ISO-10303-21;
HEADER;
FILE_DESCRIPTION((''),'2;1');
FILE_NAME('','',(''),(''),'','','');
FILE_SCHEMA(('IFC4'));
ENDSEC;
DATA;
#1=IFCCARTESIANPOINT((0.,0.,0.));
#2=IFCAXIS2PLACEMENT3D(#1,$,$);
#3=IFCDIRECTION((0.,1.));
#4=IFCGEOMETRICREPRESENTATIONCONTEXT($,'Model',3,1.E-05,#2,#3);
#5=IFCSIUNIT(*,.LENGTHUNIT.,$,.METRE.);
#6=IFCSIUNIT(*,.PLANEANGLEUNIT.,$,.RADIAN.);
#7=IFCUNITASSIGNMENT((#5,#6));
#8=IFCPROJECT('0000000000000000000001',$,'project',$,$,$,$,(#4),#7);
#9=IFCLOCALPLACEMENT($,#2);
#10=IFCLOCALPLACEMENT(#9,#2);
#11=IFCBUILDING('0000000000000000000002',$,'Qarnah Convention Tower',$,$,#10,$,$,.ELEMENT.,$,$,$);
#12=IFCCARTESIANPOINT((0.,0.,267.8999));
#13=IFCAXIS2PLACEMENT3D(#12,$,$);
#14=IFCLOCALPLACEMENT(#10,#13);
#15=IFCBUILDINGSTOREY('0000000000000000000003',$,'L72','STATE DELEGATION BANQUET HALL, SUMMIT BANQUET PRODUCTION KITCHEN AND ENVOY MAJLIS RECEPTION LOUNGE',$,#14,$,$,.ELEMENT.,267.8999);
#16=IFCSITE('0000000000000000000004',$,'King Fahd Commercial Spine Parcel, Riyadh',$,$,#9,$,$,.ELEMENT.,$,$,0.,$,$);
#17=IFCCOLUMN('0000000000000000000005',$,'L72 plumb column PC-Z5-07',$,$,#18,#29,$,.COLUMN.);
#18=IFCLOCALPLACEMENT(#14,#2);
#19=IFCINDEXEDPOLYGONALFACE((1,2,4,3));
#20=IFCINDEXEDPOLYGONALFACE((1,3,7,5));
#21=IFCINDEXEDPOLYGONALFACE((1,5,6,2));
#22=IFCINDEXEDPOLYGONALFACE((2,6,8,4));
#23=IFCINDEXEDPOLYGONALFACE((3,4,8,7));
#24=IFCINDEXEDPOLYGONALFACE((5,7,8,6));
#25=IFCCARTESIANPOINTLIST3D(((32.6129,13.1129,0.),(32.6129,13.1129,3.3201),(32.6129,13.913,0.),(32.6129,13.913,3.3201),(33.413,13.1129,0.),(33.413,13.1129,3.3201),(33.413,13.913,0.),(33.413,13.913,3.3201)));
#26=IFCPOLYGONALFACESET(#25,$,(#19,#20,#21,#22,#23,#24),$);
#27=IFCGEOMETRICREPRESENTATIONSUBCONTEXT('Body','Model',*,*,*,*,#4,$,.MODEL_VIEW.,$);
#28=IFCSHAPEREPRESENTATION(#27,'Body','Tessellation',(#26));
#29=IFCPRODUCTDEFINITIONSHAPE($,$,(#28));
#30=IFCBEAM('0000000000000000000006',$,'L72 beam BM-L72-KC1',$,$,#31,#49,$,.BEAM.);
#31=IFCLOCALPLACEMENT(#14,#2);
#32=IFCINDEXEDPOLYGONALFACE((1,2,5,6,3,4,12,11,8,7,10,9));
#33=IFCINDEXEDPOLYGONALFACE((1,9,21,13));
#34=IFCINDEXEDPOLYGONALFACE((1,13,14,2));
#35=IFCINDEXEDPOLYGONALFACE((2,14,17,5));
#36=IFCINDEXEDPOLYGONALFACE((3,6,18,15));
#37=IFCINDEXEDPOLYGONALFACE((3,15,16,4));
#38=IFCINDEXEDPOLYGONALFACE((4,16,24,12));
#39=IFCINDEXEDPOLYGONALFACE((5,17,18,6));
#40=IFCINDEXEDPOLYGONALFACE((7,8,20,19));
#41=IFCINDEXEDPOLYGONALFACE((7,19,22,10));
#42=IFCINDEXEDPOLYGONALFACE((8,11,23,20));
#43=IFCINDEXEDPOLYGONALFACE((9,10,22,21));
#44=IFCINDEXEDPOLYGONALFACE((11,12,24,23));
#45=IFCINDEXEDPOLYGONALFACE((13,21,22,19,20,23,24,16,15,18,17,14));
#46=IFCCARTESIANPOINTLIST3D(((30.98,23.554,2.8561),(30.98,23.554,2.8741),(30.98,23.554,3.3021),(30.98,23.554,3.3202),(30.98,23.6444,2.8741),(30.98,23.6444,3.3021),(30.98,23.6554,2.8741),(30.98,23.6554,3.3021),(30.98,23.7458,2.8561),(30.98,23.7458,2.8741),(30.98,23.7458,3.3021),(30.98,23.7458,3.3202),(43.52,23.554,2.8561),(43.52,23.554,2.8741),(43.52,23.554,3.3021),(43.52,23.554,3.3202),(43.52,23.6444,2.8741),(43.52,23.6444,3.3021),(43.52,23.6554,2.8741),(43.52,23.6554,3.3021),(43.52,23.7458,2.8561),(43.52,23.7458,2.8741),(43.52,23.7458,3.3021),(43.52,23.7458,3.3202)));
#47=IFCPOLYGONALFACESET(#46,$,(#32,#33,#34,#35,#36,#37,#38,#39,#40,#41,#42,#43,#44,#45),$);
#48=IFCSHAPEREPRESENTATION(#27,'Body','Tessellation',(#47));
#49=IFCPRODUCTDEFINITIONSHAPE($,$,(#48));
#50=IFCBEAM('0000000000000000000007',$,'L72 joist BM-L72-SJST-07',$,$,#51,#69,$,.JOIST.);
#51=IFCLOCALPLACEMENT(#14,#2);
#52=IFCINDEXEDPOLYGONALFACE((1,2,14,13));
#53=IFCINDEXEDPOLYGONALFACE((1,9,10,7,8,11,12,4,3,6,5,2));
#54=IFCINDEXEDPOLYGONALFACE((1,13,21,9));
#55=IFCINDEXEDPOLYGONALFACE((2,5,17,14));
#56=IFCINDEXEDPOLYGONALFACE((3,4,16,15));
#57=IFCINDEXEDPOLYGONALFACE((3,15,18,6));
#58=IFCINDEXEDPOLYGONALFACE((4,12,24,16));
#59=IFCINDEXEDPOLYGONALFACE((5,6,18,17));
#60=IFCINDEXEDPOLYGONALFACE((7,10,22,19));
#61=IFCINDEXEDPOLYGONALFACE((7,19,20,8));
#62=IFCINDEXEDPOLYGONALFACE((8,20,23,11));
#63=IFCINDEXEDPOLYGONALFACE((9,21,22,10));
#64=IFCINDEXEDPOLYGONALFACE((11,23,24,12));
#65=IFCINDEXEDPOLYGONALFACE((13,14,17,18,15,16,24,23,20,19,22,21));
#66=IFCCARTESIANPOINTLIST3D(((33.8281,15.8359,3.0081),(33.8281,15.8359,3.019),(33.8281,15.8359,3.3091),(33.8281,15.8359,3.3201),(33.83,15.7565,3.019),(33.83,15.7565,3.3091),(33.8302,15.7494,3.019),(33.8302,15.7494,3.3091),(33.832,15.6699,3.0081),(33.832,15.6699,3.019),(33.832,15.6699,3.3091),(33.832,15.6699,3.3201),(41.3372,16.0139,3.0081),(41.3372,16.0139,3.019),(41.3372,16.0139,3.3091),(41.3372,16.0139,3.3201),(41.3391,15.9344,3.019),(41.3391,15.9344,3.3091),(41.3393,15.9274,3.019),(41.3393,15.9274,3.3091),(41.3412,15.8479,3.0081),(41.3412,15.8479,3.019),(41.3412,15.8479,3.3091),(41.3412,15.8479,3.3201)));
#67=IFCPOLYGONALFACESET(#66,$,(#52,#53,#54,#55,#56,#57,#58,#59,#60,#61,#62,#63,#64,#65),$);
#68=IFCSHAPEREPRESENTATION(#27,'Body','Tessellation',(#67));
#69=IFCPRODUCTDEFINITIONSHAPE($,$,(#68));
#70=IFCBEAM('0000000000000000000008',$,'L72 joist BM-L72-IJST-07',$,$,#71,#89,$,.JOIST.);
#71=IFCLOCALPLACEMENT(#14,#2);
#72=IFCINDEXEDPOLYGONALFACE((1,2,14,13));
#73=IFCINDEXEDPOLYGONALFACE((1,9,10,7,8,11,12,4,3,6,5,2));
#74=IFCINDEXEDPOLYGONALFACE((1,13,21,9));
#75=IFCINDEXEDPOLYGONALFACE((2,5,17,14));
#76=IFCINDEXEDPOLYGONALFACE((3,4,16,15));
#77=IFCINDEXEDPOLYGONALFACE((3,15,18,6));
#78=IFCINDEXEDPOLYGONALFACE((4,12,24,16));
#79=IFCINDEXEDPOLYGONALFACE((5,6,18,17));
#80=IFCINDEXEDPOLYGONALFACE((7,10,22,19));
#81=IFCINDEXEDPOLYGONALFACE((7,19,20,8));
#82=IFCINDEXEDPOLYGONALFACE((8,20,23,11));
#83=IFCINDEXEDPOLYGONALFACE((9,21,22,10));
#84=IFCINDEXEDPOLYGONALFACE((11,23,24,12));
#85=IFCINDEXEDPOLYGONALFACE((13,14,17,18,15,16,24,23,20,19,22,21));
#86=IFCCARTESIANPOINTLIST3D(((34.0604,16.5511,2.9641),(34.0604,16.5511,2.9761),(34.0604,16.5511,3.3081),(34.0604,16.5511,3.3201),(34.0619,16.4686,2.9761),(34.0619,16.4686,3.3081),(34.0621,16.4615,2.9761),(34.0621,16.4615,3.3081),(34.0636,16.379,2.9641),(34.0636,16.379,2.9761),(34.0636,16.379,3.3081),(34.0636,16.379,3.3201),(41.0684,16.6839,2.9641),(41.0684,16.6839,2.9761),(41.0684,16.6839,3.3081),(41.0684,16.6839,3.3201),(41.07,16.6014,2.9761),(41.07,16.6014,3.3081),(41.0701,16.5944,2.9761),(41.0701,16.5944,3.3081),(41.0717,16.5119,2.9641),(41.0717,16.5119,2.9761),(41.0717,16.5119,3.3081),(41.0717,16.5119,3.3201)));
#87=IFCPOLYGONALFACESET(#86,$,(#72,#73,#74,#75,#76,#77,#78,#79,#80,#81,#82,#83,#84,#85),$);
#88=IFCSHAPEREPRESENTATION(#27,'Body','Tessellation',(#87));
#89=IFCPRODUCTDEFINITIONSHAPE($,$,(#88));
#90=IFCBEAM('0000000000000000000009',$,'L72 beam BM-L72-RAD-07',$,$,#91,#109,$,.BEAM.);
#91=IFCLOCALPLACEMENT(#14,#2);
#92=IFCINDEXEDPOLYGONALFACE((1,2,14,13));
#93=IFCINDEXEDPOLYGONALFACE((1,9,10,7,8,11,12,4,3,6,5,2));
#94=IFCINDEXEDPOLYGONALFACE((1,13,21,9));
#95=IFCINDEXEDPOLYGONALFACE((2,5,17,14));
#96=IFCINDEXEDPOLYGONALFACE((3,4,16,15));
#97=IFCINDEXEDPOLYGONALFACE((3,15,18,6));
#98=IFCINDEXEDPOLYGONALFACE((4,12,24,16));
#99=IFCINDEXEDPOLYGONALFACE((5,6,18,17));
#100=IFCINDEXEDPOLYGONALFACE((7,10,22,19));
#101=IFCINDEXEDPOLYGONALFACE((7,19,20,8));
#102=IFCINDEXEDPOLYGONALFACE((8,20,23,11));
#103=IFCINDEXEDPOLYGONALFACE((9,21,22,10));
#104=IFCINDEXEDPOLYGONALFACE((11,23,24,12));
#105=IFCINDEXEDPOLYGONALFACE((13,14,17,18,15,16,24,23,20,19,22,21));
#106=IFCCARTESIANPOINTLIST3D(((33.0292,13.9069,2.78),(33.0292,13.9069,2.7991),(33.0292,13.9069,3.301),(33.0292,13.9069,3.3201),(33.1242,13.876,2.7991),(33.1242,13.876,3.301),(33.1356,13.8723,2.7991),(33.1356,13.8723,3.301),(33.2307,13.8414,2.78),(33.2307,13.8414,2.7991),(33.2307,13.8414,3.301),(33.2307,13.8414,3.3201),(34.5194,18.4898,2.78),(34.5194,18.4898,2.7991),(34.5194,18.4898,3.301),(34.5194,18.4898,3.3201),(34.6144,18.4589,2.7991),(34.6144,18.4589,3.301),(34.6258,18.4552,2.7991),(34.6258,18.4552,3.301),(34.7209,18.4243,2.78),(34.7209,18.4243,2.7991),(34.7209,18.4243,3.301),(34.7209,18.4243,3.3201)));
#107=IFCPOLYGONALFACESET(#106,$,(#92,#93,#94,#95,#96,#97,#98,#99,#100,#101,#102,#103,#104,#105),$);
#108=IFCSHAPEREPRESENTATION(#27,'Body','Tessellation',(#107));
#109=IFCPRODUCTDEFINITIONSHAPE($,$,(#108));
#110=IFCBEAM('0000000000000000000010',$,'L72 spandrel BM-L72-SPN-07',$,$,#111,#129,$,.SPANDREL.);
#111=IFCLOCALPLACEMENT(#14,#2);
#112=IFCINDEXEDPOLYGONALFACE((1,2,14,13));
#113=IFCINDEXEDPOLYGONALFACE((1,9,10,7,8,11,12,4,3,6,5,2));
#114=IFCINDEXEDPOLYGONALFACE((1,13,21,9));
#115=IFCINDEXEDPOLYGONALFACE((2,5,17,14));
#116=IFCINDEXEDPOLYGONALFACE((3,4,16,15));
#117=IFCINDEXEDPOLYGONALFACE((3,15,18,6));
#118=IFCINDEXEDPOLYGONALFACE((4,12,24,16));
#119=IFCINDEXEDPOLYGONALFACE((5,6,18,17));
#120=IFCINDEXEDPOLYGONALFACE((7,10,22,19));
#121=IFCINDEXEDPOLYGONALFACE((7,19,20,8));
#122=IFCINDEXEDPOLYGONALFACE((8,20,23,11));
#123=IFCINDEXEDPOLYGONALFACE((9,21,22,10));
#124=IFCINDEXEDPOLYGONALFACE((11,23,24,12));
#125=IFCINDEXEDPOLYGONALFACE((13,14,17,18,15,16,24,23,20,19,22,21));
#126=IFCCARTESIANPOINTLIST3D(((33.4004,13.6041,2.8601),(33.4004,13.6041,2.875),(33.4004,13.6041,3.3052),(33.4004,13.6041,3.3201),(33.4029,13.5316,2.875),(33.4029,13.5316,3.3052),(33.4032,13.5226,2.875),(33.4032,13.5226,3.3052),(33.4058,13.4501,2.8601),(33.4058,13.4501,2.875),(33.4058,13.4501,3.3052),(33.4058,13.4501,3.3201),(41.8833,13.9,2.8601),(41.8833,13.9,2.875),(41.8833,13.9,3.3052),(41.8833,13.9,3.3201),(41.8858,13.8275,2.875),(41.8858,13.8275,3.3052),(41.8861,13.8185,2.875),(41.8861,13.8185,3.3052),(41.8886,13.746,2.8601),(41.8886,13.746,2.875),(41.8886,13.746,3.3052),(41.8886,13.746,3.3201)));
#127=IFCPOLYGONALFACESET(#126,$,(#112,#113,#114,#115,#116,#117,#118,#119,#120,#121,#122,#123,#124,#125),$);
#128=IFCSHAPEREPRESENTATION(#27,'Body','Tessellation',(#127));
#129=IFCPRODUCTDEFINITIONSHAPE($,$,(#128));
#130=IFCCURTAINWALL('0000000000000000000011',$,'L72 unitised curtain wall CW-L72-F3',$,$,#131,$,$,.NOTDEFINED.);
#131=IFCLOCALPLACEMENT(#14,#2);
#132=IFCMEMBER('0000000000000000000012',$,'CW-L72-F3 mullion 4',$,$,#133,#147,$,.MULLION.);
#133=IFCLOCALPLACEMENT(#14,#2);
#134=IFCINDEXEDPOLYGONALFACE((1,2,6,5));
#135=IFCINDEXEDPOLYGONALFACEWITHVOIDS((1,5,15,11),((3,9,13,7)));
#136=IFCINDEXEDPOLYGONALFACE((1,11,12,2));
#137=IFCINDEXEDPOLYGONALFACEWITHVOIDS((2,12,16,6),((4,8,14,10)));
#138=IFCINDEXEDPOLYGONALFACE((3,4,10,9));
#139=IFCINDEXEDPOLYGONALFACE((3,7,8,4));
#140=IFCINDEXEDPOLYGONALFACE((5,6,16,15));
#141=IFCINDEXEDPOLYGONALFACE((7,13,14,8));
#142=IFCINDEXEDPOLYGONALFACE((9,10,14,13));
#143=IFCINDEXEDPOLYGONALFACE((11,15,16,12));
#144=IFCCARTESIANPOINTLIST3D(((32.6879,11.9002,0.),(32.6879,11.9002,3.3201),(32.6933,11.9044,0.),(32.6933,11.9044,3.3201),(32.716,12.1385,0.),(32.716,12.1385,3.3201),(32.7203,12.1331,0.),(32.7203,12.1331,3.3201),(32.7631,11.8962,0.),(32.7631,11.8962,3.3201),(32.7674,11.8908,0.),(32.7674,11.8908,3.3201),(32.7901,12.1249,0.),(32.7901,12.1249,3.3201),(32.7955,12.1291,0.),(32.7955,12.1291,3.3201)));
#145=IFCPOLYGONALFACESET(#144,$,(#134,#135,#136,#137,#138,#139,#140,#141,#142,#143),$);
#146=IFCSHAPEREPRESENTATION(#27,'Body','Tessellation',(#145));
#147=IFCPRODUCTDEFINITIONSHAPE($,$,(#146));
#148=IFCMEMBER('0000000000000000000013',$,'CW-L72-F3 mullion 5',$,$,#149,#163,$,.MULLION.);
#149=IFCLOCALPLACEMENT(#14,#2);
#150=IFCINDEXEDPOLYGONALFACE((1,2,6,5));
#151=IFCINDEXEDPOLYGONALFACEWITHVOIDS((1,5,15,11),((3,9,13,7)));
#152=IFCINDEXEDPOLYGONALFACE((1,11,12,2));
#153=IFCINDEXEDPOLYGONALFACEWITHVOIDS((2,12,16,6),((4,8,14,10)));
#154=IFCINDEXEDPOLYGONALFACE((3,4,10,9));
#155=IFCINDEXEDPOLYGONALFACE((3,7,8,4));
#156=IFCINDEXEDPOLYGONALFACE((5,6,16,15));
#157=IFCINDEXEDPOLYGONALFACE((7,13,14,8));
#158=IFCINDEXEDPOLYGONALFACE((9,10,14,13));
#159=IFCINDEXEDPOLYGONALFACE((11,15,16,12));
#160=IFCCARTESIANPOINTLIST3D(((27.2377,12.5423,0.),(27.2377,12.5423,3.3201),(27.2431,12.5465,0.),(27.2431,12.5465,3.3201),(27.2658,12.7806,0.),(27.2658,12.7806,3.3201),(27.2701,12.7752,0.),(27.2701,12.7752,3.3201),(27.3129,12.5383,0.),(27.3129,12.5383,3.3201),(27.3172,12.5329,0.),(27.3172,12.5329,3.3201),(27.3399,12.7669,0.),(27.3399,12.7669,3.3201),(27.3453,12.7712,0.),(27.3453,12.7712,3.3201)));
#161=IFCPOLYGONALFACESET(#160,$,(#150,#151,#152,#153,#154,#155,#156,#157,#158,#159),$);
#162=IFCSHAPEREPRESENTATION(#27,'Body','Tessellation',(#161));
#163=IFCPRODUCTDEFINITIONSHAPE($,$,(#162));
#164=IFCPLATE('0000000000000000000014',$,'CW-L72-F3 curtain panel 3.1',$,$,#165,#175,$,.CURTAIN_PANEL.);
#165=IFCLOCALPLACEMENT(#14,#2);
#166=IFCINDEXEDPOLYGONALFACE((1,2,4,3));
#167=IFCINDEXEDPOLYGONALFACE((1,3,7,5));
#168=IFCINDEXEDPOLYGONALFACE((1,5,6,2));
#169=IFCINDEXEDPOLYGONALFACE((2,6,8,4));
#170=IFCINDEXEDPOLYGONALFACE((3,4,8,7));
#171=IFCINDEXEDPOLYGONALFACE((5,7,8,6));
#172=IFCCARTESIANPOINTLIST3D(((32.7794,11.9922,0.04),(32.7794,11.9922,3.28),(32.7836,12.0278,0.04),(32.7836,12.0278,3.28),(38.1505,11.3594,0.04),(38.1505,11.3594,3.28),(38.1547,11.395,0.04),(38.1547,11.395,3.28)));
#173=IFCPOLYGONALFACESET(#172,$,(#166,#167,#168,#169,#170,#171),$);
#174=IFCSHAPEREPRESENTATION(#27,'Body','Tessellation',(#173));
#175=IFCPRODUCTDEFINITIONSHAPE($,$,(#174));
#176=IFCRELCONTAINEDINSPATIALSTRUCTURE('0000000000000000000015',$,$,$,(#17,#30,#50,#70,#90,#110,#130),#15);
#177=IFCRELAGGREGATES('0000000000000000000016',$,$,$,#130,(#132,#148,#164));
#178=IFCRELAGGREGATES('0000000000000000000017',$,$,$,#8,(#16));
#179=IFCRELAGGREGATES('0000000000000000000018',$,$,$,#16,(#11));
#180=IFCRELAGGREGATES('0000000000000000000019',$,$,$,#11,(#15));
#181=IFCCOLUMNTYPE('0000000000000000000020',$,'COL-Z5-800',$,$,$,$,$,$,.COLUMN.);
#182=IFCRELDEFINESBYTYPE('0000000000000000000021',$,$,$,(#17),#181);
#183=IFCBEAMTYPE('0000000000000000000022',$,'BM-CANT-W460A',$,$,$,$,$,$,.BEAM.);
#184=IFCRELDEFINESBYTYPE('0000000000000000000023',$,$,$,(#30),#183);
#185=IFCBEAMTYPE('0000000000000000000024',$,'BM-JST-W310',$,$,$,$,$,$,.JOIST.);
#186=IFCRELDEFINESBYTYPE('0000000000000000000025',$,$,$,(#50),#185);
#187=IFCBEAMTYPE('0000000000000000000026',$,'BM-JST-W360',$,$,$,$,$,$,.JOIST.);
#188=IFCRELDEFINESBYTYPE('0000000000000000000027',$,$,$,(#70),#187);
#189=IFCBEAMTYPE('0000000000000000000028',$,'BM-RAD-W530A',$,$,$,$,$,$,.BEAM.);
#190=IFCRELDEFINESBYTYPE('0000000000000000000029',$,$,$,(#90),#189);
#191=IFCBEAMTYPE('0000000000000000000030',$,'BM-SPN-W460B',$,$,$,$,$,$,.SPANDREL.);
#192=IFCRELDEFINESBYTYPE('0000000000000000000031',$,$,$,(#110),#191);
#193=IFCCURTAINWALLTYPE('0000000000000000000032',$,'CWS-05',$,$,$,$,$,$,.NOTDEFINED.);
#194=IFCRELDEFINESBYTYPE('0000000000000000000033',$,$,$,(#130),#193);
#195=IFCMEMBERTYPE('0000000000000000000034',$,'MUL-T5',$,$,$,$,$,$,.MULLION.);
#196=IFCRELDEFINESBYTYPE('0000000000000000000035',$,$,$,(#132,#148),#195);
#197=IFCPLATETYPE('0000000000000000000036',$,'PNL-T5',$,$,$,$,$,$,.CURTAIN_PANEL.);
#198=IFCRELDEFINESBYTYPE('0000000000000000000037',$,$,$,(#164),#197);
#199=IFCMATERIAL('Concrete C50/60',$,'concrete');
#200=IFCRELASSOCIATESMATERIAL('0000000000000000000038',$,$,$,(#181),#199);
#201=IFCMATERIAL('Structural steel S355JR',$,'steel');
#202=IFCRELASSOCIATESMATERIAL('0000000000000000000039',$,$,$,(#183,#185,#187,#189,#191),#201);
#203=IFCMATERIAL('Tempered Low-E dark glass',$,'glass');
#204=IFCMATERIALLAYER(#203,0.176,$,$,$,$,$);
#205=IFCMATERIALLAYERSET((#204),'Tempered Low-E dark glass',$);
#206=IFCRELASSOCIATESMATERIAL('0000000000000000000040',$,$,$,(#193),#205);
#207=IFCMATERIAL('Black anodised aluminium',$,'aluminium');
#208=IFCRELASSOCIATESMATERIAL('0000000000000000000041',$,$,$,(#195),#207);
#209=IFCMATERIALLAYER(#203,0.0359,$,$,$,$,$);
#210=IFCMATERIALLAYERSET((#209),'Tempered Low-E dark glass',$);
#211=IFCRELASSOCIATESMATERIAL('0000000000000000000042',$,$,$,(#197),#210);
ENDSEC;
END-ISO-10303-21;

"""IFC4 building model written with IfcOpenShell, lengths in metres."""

from ifc_helpers import new_model, si_unit, direction, frame, origin, origin_2d, place, context, subcontext, project, spatial, rectangle, hollow_rectangle, i_section, extrude, material, layer, layer_set, material_profile, profile_set, type_object, element, aggregate, save


model = new_model("IFC4")

# Units and contexts
model_context = context("Model", 3, precision=1e-05, world=origin(), true_north=direction((0.0, 1.0)))
body_context = subcontext(model_context, "Body", "Model", "MODEL_VIEW")
ifc_project = project(units=[si_unit("LENGTHUNIT", "METRE"), si_unit("PLANEANGLEUNIT", "RADIAN")], contexts=[model_context])

# Site, building, storey
site_placement = place(None, origin())
site = spatial("IfcSite", under=ifc_project, at=site_placement, Name="King Fahd Commercial Spine Parcel, Riyadh", CompositionType="ELEMENT", RefElevation=0.0)
building_placement = place(site_placement, origin())
building = spatial("IfcBuilding", under=site, at=building_placement, Name="Qarnah Convention Tower", CompositionType="ELEMENT")
storey_placement = place(building_placement, frame((0.0, 0.0, 267.8999)))
storey = spatial("IfcBuildingStorey", under=building, at=storey_placement, Name="L72", Description="STATE DELEGATION BANQUET HALL, SUMMIT BANQUET PRODUCTION KITCHEN AND ENVOY MAJLIS RECEPTION LOUNGE", CompositionType="ELEMENT", Elevation=267.8999)

# Column
ifc_material_1 = material(Name="Concrete C50/60", Category="concrete")
ifc_material_profile_1 = material_profile(ifc_material_1, rectangle(XDim=0.8, YDim=0.8, at=origin_2d()), Name="RC-COL-800X800")
ifc_profile_set_1 = profile_set([ifc_material_profile_1], Name="Concrete C50/60")
column_type = type_object("IfcColumnType", Name="COL-Z5-800", PredefinedType="COLUMN", material=ifc_profile_set_1)
column_placement = place(storey_placement, frame((33.0129, 13.5129, 0.0), z_axis=(0.0, 0.0, 1.0), x_axis=(1.0, 0.0, 0.0)))
element("IfcColumn", 1, at=column_placement, inside=storey, type_object=column_type, Name="L72 plumb column PC-Z5-07", PredefinedType="COLUMN", context=body_context, shape_type="SweptSolid", body=[
    extrude(rectangle(XDim=0.8, YDim=0.8, at=origin_2d()), origin(), (0.0, 0.0, 1.0), 3.3201),
])

# Beams
ifc_material_2 = material(Name="Structural steel S355JR", Category="steel")
ifc_material_profile_2 = material_profile(ifc_material_2, i_section(OverallWidth=0.1919, OverallDepth=0.4641, WebThickness=0.011, FlangeThickness=0.0181, at=origin_2d()), Name="W460X89")
ifc_profile_set_2 = profile_set([ifc_material_profile_2], Name="Structural steel S355JR")
beam_type_1 = type_object("IfcBeamType", Name="BM-CANT-W460A", PredefinedType="BEAM", material=ifc_profile_set_2)
beam_1_placement = place(storey_placement, frame((30.98, 23.6499, 3.0881), z_axis=(1.0, 0.0, 0.0), x_axis=(0.0, 1.0, 0.0)))
element("IfcBeam", 2, at=beam_1_placement, inside=storey, type_object=beam_type_1, Name="L72 beam BM-L72-KC1", PredefinedType="BEAM", context=body_context, shape_type="SweptSolid", body=[
    extrude(i_section(OverallWidth=0.1919, OverallDepth=0.4641, WebThickness=0.011, FlangeThickness=0.0181, at=origin_2d()), origin(), (0.0, 0.0, 1.0), 12.54),
])
ifc_material_profile_3 = material_profile(ifc_material_2, i_section(OverallWidth=0.166, OverallDepth=0.312, WebThickness=0.0071, FlangeThickness=0.011, at=origin_2d()), Name="W310X45")
ifc_profile_set_3 = profile_set([ifc_material_profile_3], Name="Structural steel S355JR")
beam_type_2 = type_object("IfcBeamType", Name="BM-JST-W310", PredefinedType="JOIST", material=ifc_profile_set_3)
beam_2_placement = place(storey_placement, frame((33.8301, 15.7529, 3.1641), z_axis=(0.999719, 0.023695, 0.0), x_axis=(-0.023695, 0.999719, 0.0)))
element("IfcBeam", 3, at=beam_2_placement, inside=storey, type_object=beam_type_2, Name="L72 joist BM-L72-SJST-07", PredefinedType="JOIST", context=body_context, shape_type="SweptSolid", body=[
    extrude(i_section(OverallWidth=0.166, OverallDepth=0.312, WebThickness=0.0071, FlangeThickness=0.011, at=origin_2d()), origin(), (0.0, 0.0, 1.0), 7.5112),
])
ifc_material_profile_4 = material_profile(ifc_material_2, i_section(OverallWidth=0.1721, OverallDepth=0.356, WebThickness=0.0071, FlangeThickness=0.012, at=origin_2d()), Name="W360X51")
ifc_profile_set_4 = profile_set([ifc_material_profile_4], Name="Structural steel S355JR")
beam_type_3 = type_object("IfcBeamType", Name="BM-JST-W360", PredefinedType="JOIST", material=ifc_profile_set_4)
beam_3_placement = place(storey_placement, frame((34.062, 16.4651, 3.1421), z_axis=(0.99982, 0.018948, 0.0), x_axis=(-0.018948, 0.99982, 0.0)))
element("IfcBeam", 4, at=beam_3_placement, inside=storey, type_object=beam_type_3, Name="L72 joist BM-L72-IJST-07", PredefinedType="JOIST", context=body_context, shape_type="SweptSolid", body=[
    extrude(i_section(OverallWidth=0.1721, OverallDepth=0.356, WebThickness=0.0071, FlangeThickness=0.012, at=origin_2d()), origin(), (0.0, 0.0, 1.0), 7.0093),
])
ifc_material_profile_5 = material_profile(ifc_material_2, i_section(OverallWidth=0.2119, OverallDepth=0.54, WebThickness=0.012, FlangeThickness=0.019, at=origin_2d()), Name="W530X109")
ifc_profile_set_5 = profile_set([ifc_material_profile_5], Name="Structural steel S355JR")
beam_type_4 = type_object("IfcBeamType", Name="BM-RAD-W530A", PredefinedType="BEAM", material=ifc_profile_set_5)
beam_4_placement = place(storey_placement, frame((34.6201, 18.457, 3.05), z_axis=(-0.309228, -0.950988, 0.0), x_axis=(0.950988, -0.309228, 0.0)))
element("IfcBeam", 5, at=beam_4_placement, inside=storey, type_object=beam_type_4, Name="L72 beam BM-L72-RAD-07", PredefinedType="BEAM", context=body_context, shape_type="SweptSolid", body=[
    extrude(i_section(OverallWidth=0.2119, OverallDepth=0.54, WebThickness=0.012, FlangeThickness=0.019, at=origin_2d()), origin(), (0.0, 0.0, 1.0), 4.8191),
])
ifc_material_profile_6 = material_profile(ifc_material_2, i_section(OverallWidth=0.1541, OverallDepth=0.46, WebThickness=0.009, FlangeThickness=0.0149, at=origin_2d()), Name="W460X68")
ifc_profile_set_6 = profile_set([ifc_material_profile_6], Name="Structural steel S355JR")
beam_type_5 = type_object("IfcBeamType", Name="BM-SPN-W460B", PredefinedType="SPANDREL", material=ifc_profile_set_6)
beam_5_placement = place(storey_placement, frame((33.4031, 13.5271, 3.0901), z_axis=(0.999392, 0.034861, 0.0), x_axis=(-0.034861, 0.999392, 0.0)))
element("IfcBeam", 6, at=beam_5_placement, inside=storey, type_object=beam_type_5, Name="L72 spandrel BM-L72-SPN-07", PredefinedType="SPANDREL", context=body_context, shape_type="SweptSolid", body=[
    extrude(i_section(OverallWidth=0.1541, OverallDepth=0.46, WebThickness=0.009, FlangeThickness=0.0149, at=origin_2d()), origin(), (0.0, 0.0, 1.0), 8.488),
])

# Curtain wall, members, plate
ifc_material_3 = material(Name="Tempered Low-E dark glass", Category="glass")
ifc_layer_1 = layer(ifc_material_3, 0.176)
ifc_layer_set_1 = layer_set([ifc_layer_1], Name="Tempered Low-E dark glass")
curtain_wall_type = type_object("IfcCurtainWallType", Name="CWS-05", PredefinedType="NOTDEFINED", material=ifc_layer_set_1)
curtain_wall_placement = place(storey_placement, origin())
curtain_wall = element("IfcCurtainWall", 7, at=curtain_wall_placement, inside=storey, type_object=curtain_wall_type, Name="L72 unitised curtain wall CW-L72-F3", PredefinedType="NOTDEFINED")
ifc_material_4 = material(Name="Black anodised aluminium", Category="aluminium")
ifc_material_profile_7 = material_profile(ifc_material_4, hollow_rectangle(XDim=0.0801, YDim=0.24, WallThickness=0.0049, at=origin_2d()), Name="MUL-80X240")
ifc_profile_set_7 = profile_set([ifc_material_profile_7], Name="Black anodised aluminium")
member_type = type_object("IfcMemberType", Name="MUL-T5", PredefinedType="MULLION", material=ifc_profile_set_7)
member_1_placement = place(storey_placement, frame((32.7417, 12.0146, 0.0), z_axis=(0.0, 0.0, 1.0), x_axis=(-0.99313, 0.117017, 0.0)))
member_1 = element("IfcMember", 8, at=member_1_placement, type_object=member_type, Name="CW-L72-F3 mullion 4", PredefinedType="MULLION", context=body_context, shape_type="SweptSolid", body=[
    extrude(hollow_rectangle(XDim=0.0801, YDim=0.24, WallThickness=0.0049, at=origin_2d()), origin(), (0.0, 0.0, 1.0), 3.3201),
])
member_2_placement = place(storey_placement, frame((27.2915, 12.6567, 0.0), z_axis=(0.0, 0.0, 1.0), x_axis=(-0.99313, 0.117017, 0.0)))
member_2 = element("IfcMember", 9, at=member_2_placement, type_object=member_type, Name="CW-L72-F3 mullion 5", PredefinedType="MULLION", context=body_context, shape_type="SweptSolid", body=[
    extrude(hollow_rectangle(XDim=0.0801, YDim=0.24, WallThickness=0.0049, at=origin_2d()), origin(), (0.0, 0.0, 1.0), 3.3201),
])
ifc_layer_2 = layer(ifc_material_3, 0.0359)
ifc_layer_set_2 = layer_set([ifc_layer_2], Name="Tempered Low-E dark glass")
plate_type = type_object("IfcPlateType", Name="PNL-T5", PredefinedType="CURTAIN_PANEL", material=ifc_layer_set_2)
plate_1_placement = place(storey_placement, frame((35.467, 11.6936, 0.04), z_axis=(0.0, 0.0, 1.0), x_axis=(-0.99313, 0.117017, 0.0)))
plate_1 = element("IfcPlate", 10, at=plate_1_placement, type_object=plate_type, Name="CW-L72-F3 curtain panel 3.1", PredefinedType="CURTAIN_PANEL", context=body_context, shape_type="SweptSolid", body=[
    extrude(rectangle(XDim=5.4082, YDim=0.0359, at=origin_2d()), origin(), (0.0, 0.0, 1.0), 3.24),
])
aggregate(curtain_wall, [member_1, member_2, plate_1])

save(model, "model.ifc")
